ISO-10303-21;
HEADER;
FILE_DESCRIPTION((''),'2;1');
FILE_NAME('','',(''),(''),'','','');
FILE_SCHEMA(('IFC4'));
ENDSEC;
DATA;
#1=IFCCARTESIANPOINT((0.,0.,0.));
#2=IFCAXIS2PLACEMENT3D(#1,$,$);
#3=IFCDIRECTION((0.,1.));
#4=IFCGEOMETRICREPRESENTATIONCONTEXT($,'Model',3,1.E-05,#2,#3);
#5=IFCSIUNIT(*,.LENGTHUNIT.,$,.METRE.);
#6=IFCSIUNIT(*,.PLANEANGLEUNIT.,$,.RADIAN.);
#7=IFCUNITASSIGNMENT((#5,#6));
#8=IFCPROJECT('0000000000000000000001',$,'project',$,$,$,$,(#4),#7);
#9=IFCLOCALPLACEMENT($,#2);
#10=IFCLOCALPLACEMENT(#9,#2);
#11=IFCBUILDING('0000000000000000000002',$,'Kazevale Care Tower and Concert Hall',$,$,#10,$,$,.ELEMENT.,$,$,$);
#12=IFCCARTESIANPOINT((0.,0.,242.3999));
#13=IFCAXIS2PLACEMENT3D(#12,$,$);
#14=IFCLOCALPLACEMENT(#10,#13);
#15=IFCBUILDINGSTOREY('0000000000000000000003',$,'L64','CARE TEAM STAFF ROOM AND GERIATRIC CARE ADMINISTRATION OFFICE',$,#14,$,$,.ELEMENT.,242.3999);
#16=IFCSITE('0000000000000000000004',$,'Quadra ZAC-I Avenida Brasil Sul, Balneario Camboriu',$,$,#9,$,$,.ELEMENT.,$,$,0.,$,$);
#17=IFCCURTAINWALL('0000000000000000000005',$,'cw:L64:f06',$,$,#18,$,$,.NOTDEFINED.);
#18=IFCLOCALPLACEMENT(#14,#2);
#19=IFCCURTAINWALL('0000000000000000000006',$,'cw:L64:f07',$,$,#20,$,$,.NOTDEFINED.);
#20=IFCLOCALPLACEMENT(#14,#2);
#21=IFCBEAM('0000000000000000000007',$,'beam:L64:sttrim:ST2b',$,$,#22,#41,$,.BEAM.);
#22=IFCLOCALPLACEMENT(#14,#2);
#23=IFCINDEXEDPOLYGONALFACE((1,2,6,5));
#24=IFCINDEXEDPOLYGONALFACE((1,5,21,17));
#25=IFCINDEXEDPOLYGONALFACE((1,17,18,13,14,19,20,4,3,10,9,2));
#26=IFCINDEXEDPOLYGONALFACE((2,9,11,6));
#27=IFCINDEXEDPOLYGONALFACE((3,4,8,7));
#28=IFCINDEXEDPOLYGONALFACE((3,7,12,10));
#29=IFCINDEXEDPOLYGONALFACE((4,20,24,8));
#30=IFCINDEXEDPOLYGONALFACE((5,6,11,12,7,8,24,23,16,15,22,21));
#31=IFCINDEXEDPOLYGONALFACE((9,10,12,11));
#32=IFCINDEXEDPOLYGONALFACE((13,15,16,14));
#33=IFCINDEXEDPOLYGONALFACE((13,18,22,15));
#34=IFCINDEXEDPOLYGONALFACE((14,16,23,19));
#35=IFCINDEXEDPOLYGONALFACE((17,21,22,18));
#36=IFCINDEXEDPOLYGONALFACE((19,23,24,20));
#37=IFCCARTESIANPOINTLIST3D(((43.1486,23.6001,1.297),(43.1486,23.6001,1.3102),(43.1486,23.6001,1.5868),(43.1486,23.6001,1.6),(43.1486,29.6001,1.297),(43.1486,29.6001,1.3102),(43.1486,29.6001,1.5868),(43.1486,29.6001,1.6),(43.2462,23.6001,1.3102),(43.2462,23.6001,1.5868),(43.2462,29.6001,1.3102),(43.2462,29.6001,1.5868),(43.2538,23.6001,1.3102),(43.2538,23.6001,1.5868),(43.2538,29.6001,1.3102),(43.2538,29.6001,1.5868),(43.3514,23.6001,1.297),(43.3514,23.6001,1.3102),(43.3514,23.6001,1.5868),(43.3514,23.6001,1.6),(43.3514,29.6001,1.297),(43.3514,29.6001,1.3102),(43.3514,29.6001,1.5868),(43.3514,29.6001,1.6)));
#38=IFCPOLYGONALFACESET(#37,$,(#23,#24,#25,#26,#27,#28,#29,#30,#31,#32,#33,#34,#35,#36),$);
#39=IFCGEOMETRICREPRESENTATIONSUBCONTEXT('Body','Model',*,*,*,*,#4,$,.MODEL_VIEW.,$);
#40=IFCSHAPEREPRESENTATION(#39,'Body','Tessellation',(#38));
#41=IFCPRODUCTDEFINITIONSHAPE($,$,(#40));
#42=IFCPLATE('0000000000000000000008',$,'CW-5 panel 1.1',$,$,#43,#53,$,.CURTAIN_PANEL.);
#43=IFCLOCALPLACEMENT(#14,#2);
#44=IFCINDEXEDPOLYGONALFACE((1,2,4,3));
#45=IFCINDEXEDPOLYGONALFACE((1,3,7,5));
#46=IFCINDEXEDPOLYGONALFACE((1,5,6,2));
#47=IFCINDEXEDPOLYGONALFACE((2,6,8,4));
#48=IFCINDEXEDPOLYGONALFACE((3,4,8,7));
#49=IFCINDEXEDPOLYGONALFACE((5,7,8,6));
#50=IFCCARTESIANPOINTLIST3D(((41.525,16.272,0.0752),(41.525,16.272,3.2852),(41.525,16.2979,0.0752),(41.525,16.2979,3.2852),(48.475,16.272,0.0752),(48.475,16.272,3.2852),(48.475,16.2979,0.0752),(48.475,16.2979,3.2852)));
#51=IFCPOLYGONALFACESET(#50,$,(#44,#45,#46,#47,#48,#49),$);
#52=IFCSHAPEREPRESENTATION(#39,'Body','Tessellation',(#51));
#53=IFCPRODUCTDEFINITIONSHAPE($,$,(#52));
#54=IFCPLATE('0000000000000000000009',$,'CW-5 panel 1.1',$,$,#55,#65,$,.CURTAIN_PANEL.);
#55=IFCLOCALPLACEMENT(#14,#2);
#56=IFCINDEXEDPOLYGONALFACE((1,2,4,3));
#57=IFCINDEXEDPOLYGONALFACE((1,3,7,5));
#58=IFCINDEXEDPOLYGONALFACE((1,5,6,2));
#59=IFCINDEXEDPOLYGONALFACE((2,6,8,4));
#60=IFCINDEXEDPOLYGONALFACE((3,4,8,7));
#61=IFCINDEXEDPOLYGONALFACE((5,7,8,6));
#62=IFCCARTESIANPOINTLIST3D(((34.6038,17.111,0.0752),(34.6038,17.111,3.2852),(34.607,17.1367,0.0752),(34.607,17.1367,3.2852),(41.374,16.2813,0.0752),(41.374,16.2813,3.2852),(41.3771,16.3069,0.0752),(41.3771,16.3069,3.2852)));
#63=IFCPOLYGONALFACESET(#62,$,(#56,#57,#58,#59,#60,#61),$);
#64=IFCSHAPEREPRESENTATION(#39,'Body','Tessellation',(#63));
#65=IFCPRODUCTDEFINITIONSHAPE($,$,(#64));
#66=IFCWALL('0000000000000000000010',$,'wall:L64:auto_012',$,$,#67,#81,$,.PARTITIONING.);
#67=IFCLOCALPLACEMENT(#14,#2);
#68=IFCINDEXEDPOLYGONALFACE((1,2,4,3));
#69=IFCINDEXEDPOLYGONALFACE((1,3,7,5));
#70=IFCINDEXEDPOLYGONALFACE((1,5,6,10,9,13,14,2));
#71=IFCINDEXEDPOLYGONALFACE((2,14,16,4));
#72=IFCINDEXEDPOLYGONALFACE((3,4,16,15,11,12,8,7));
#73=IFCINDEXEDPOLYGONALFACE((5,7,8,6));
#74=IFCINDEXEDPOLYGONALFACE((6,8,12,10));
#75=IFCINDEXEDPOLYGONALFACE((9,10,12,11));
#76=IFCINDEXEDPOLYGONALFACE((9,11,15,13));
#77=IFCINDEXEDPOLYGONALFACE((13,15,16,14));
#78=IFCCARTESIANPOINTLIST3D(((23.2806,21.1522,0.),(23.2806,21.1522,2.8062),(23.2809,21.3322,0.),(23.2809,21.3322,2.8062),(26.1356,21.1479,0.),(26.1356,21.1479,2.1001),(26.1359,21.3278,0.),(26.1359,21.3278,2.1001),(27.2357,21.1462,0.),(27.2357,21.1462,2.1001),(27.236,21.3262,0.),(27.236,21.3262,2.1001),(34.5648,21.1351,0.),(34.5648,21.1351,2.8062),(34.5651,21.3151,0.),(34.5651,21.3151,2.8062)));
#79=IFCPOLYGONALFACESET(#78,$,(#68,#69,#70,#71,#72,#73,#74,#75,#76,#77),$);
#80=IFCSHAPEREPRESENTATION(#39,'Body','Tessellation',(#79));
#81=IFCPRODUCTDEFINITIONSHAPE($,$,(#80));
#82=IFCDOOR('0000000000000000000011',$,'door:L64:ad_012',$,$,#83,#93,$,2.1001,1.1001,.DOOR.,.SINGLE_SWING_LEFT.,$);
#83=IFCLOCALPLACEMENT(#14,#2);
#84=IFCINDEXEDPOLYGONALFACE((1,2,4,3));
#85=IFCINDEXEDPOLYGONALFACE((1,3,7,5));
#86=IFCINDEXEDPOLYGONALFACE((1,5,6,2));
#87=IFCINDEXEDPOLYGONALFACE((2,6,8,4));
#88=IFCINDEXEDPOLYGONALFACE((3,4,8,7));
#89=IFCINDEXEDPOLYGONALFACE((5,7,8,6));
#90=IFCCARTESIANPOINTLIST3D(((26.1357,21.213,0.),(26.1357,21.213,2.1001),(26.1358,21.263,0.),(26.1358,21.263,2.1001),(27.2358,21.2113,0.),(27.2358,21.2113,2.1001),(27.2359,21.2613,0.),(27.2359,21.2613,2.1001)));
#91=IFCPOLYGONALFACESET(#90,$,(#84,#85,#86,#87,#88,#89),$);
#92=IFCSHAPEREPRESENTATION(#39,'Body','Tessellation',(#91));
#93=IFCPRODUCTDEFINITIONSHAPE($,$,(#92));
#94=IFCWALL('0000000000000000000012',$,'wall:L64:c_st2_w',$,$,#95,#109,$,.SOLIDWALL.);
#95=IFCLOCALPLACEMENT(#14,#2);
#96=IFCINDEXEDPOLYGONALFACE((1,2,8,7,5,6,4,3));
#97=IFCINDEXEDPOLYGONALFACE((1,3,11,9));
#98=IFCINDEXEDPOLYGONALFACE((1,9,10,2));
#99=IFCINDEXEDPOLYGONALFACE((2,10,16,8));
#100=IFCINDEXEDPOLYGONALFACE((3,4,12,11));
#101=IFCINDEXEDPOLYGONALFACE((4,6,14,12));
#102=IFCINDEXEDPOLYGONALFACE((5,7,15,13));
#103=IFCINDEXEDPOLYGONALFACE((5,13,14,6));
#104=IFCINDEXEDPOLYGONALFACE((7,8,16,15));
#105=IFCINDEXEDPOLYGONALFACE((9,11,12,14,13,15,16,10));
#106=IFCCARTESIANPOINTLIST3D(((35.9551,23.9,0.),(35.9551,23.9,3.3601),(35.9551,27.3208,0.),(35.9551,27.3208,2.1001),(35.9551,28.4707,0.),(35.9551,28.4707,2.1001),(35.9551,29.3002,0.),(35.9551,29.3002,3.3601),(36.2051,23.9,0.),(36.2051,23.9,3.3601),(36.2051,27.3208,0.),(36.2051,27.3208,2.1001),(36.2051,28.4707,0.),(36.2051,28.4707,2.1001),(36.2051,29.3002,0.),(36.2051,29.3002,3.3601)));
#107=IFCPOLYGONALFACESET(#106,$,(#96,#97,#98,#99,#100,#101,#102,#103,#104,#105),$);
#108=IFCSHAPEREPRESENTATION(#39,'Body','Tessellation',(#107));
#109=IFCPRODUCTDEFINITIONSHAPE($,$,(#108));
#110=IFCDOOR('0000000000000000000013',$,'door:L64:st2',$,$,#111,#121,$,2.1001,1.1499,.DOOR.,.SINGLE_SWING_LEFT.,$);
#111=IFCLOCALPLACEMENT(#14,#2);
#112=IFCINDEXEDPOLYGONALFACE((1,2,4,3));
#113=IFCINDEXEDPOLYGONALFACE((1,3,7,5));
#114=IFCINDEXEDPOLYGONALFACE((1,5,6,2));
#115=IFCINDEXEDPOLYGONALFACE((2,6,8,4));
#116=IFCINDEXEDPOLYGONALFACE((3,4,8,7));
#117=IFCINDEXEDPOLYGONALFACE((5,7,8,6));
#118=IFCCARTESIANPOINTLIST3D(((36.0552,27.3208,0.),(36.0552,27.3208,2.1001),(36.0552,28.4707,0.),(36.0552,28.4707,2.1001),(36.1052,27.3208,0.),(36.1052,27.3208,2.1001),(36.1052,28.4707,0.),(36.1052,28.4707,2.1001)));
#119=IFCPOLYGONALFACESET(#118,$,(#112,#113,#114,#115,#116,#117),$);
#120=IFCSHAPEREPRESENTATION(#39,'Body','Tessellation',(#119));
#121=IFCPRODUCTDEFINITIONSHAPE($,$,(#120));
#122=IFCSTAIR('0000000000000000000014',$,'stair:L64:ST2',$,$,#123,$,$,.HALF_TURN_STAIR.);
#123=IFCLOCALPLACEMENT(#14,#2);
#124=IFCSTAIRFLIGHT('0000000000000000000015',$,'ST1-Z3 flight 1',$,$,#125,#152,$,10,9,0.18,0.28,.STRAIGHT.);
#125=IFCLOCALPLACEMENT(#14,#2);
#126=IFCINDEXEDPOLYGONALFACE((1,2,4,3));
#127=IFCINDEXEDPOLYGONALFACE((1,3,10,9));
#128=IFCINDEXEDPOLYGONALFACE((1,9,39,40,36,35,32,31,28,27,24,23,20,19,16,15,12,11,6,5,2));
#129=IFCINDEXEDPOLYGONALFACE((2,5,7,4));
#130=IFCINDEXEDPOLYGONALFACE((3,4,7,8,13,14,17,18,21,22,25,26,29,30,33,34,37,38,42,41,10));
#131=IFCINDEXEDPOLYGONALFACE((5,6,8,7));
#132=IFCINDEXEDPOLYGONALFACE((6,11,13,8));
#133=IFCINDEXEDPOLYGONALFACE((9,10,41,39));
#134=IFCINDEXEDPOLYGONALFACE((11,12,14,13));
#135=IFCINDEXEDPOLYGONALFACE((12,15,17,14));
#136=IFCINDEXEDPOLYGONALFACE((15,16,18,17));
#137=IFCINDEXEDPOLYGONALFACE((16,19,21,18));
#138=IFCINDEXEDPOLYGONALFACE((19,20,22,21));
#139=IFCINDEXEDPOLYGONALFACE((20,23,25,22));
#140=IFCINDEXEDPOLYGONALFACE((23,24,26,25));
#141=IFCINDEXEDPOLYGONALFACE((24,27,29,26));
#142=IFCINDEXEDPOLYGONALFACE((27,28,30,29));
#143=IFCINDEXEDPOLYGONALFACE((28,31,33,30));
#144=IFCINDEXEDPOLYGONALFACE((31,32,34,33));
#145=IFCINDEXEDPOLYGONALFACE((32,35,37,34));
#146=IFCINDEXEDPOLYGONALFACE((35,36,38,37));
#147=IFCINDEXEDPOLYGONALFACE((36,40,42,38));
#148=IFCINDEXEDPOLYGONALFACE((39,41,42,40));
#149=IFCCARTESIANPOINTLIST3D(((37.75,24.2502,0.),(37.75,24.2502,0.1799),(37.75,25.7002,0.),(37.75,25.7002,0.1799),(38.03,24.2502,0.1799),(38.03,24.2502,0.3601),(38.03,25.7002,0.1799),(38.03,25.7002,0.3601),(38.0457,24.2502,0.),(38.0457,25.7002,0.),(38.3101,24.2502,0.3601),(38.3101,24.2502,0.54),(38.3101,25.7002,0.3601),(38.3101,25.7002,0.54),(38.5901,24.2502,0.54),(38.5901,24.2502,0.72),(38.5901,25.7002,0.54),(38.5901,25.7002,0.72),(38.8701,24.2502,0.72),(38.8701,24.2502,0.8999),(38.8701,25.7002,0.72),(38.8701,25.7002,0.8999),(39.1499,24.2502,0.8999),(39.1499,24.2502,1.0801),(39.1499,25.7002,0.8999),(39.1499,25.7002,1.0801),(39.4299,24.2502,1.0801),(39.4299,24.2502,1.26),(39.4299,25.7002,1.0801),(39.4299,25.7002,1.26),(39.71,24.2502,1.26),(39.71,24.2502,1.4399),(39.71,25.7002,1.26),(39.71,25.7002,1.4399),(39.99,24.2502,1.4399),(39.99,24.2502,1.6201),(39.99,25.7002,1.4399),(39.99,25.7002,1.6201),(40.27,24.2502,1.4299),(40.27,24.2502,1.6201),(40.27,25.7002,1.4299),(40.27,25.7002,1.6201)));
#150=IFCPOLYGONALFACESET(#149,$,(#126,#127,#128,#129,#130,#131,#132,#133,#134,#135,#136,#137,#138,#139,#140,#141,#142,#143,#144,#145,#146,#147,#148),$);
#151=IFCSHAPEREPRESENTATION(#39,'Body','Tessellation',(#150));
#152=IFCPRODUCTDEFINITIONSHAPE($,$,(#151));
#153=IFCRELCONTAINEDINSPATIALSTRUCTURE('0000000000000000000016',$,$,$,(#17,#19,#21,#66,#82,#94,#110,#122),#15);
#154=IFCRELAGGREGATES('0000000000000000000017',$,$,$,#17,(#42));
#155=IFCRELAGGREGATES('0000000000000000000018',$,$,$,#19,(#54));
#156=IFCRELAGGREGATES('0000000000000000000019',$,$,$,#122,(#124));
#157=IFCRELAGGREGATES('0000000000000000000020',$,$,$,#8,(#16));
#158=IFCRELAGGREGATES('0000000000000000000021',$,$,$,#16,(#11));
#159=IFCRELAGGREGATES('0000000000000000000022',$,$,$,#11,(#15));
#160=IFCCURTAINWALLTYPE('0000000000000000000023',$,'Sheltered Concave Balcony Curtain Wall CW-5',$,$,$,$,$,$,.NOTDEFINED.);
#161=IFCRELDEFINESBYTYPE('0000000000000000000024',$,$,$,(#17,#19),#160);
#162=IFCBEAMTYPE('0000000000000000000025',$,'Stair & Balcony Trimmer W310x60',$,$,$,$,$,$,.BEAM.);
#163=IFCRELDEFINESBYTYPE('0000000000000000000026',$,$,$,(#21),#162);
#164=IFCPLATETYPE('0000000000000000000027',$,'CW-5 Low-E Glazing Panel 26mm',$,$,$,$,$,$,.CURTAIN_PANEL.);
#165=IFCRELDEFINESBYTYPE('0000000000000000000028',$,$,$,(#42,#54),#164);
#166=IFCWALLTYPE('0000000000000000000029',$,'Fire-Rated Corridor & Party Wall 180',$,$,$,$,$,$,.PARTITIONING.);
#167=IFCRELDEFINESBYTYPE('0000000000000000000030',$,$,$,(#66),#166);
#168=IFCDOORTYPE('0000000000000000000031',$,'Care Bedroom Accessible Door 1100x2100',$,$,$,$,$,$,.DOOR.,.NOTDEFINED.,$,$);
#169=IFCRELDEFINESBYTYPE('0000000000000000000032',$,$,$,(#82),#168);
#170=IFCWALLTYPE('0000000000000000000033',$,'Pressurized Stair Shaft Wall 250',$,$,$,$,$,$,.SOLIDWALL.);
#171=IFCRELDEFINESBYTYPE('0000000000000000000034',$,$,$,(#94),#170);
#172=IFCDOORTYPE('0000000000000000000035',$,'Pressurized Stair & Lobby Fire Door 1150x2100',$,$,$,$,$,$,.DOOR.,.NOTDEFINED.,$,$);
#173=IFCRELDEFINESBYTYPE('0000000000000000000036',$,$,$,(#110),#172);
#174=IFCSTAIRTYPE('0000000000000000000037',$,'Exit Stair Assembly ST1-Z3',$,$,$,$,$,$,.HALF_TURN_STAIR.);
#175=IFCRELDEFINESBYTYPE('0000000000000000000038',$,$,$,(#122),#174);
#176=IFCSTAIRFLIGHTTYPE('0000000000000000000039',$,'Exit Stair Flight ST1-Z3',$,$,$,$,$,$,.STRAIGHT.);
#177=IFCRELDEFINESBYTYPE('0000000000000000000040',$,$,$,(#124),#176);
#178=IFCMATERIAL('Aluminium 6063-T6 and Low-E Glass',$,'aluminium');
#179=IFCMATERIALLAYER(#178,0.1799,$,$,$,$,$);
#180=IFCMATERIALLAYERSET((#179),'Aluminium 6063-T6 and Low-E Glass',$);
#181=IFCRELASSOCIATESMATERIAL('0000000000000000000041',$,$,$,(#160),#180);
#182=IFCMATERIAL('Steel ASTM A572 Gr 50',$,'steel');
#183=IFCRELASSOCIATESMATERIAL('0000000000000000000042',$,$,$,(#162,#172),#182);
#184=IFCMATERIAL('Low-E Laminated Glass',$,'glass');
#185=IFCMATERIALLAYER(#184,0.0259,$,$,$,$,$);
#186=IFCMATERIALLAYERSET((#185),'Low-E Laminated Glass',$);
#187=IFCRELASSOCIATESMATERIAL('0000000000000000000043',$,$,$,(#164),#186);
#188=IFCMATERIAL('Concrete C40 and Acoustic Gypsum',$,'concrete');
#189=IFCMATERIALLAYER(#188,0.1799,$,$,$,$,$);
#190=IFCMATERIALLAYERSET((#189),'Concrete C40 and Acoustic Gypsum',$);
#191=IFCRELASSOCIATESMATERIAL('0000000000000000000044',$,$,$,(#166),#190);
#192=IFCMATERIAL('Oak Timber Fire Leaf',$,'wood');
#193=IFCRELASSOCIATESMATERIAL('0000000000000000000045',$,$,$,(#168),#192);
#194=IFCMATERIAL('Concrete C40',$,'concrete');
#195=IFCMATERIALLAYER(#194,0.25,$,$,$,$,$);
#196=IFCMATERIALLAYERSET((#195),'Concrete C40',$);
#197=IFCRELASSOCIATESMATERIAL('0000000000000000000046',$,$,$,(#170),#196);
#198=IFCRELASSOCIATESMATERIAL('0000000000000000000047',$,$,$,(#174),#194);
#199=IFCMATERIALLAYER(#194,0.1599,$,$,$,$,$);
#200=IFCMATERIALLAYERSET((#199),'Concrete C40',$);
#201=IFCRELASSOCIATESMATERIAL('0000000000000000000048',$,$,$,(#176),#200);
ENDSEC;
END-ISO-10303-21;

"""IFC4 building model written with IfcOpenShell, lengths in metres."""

from ifc_helpers import new_model, si_unit, direction, frame, frame_2d, origin, origin_2d, place, context, subcontext, project, spatial, polyline, rectangle, i_section, outline, extrude, material, layer, layer_set, material_profile, profile_set, type_object, element, fill, aggregate, save


model = new_model("IFC4")

# Units and contexts
model_context = context("Model", 3, precision=1e-05, world=origin(), true_north=direction((0.0, 1.0)))
body_context = subcontext(model_context, "Body", "Model", "MODEL_VIEW")
ifc_project = project(units=[si_unit("LENGTHUNIT", "METRE"), si_unit("PLANEANGLEUNIT", "RADIAN")], contexts=[model_context])

# Site, building, storey
site_placement = place(None, origin())
site = spatial("IfcSite", under=ifc_project, at=site_placement, Name="Quadra ZAC-I Avenida Brasil Sul, Balneario Camboriu", CompositionType="ELEMENT", RefElevation=0.0)
building_placement = place(site_placement, origin())
building = spatial("IfcBuilding", under=site, at=building_placement, Name="Kazevale Care Tower and Concert Hall", CompositionType="ELEMENT")
storey_placement = place(building_placement, frame((0.0, 0.0, 242.3999)))
storey = spatial("IfcBuildingStorey", under=building, at=storey_placement, Name="L64", Description="CARE TEAM STAFF ROOM AND GERIATRIC CARE ADMINISTRATION OFFICE", CompositionType="ELEMENT", Elevation=242.3999)

# Curtain wall
ifc_material_1 = material(Name="Aluminium 6063-T6 and Low-E Glass", Category="aluminium")
ifc_layer_1 = layer(ifc_material_1, 0.1799)
ifc_layer_set_1 = layer_set([ifc_layer_1], Name="Aluminium 6063-T6 and Low-E Glass")
curtain_wall_type = type_object("IfcCurtainWallType", Name="Sheltered Concave Balcony Curtain Wall CW-5", PredefinedType="NOTDEFINED", material=ifc_layer_set_1)
curtain_wall_1_placement = place(storey_placement, origin())
curtain_wall_1 = element("IfcCurtainWall", 1, at=curtain_wall_1_placement, inside=storey, type_object=curtain_wall_type, Name="cw:L64:f06", PredefinedType="NOTDEFINED")

# Curtain wall
curtain_wall_2_placement = place(storey_placement, origin())
curtain_wall_2 = element("IfcCurtainWall", 2, at=curtain_wall_2_placement, inside=storey, type_object=curtain_wall_type, Name="cw:L64:f07", PredefinedType="NOTDEFINED")

# Beam
ifc_material_2 = material(Name="Steel ASTM A572 Gr 50", Category="steel")
ifc_material_profile_1 = material_profile(ifc_material_2, i_section(OverallWidth=0.2029, OverallDepth=0.303, WebThickness=0.0076, FlangeThickness=0.0132, at=origin_2d()), Name="W310x60")
ifc_profile_set_1 = profile_set([ifc_material_profile_1], Name="Steel ASTM A572 Gr 50")
beam_type_1 = type_object("IfcBeamType", Name="Stair & Balcony Trimmer W310x60", PredefinedType="BEAM", material=ifc_profile_set_1)
for number, where, z_axis, x_axis, name in (
    (3, (43.25, 23.6001, 1.4485), (0.0, 1.0, 0.0), (-1.0, 0.0, 0.0), "beam:L64:sttrim:ST2b"),
):
    element("IfcBeam", number, at=place(storey_placement, frame(where, z_axis=z_axis, x_axis=x_axis)), inside=storey, type_object=beam_type_1, Name=name, PredefinedType="BEAM", context=body_context, shape_type="SweptSolid", body=[
        extrude(i_section(OverallWidth=0.2029, OverallDepth=0.303, WebThickness=0.0076, FlangeThickness=0.0132, at=origin_2d()), origin(), (0.0, 0.0, 1.0), 6.0),
    ])

# Plates
ifc_material_3 = material(Name="Low-E Laminated Glass", Category="glass")
ifc_layer_2 = layer(ifc_material_3, 0.0259)
ifc_layer_set_2 = layer_set([ifc_layer_2], Name="Low-E Laminated Glass")
plate_type = type_object("IfcPlateType", Name="CW-5 Low-E Glazing Panel 26mm", PredefinedType="CURTAIN_PANEL", material=ifc_layer_set_2)
plate_1_placement = place(storey_placement, frame((45.0, 16.2849, 0.0752), z_axis=(0.0, 0.0, 1.0), x_axis=(-1.0, 0.0, 0.0)))
plate_1 = element("IfcPlate", 4, at=plate_1_placement, type_object=plate_type, Name="CW-5 panel 1.1", PredefinedType="CURTAIN_PANEL", context=body_context, shape_type="SweptSolid", body=[
    extrude(rectangle(XDim=6.95, YDim=0.0259, at=origin_2d()), origin(), (0.0, 0.0, 1.0), 3.21),
])
aggregate(curtain_wall_1, [plate_1])
plate_2_placement = place(storey_placement, frame((37.9905, 16.709, 0.0752), z_axis=(0.0, 0.0, 1.0), x_axis=(-0.992573, 0.121651, 0.0)))
plate_2 = element("IfcPlate", 5, at=plate_2_placement, type_object=plate_type, Name="CW-5 panel 1.1", PredefinedType="CURTAIN_PANEL", context=body_context, shape_type="SweptSolid", body=[
    extrude(rectangle(XDim=6.8208, YDim=0.0259, at=origin_2d()), origin(), (0.0, 0.0, 1.0), 3.21),
])
aggregate(curtain_wall_2, [plate_2])

# Walls, openings, doors
ifc_material_4 = material(Name="Oak Timber Fire Leaf", Category="wood")
ifc_material_5 = material(Name="Concrete C40 and Acoustic Gypsum", Category="concrete")
ifc_layer_3 = layer(ifc_material_5, 0.1799)
ifc_layer_set_3 = layer_set([ifc_layer_3], Name="Concrete C40 and Acoustic Gypsum")
wall_type_1 = type_object("IfcWallType", Name="Fire-Rated Corridor & Party Wall 180", PredefinedType="PARTITIONING", material=ifc_layer_set_3)
wall_1_placement = place(storey_placement, frame((34.5649, 21.2251, 0.0), z_axis=(0.0, 0.0, 1.0), x_axis=(-0.999999, 0.001514, 0.0)))
wall_1 = element("IfcWall", 6, at=wall_1_placement, inside=storey, type_object=wall_type_1, Name="wall:L64:auto_012", PredefinedType="PARTITIONING", context=body_context, shape_type="SweptSolid", body=[
    extrude(rectangle(XDim=11.2842, YDim=0.1799, at=frame_2d((5.6421, 0.0))), origin(), (0.0, 0.0, 1.0), 2.8062),
])
opening_1_placement = place(wall_1_placement, frame((7.3291, 0.0, 0.0)))
opening_1 = element("IfcOpeningElement", 7, at=opening_1_placement, cuts=wall_1, PredefinedType="OPENING", context=body_context, shape_type="SweptSolid", body=[
    extrude(rectangle(XDim=1.1001, YDim=2.1001, at=frame_2d((0.55, 1.05))), frame((0.0, 0.0999, 0.0), z_axis=(0.0, -1.0, 0.0), x_axis=(1.0, 0.0, 0.0)), (0.0, 0.0, 1.0), 0.2),
])
door_type_1 = type_object("IfcDoorType", Name="Care Bedroom Accessible Door 1100x2100", OperationType="NOTDEFINED", PredefinedType="DOOR", material=ifc_material_4)
door_1_placement = place(opening_1_placement, origin())
door_1 = element("IfcDoor", 8, at=door_1_placement, inside=storey, type_object=door_type_1, Name="door:L64:ad_012", OperationType="SINGLE_SWING_LEFT", OverallHeight=2.1001, OverallWidth=1.1001, PredefinedType="DOOR", context=body_context, shape_type="SweptSolid", body=[
    extrude(rectangle(XDim=1.1001, YDim=2.1001, at=frame_2d((0.55, 1.05))), frame((0.0, 0.0249, 0.0), z_axis=(0.0, -1.0, 0.0), x_axis=(1.0, 0.0, 0.0)), (0.0, 0.0, 1.0), 0.05),
])
fill(opening_1, door_1)
ifc_material_6 = material(Name="Concrete C40", Category="concrete")
ifc_layer_4 = layer(ifc_material_6, 0.25)
ifc_layer_set_4 = layer_set([ifc_layer_4], Name="Concrete C40")
wall_type_2 = type_object("IfcWallType", Name="Pressurized Stair Shaft Wall 250", PredefinedType="SOLIDWALL", material=ifc_layer_set_4)
wall_2_placement = place(storey_placement, frame((36.0801, 23.8999, 0.0), z_axis=(0.0, 0.0, 1.0), x_axis=(0.0, 1.0, 0.0)))
wall_2 = element("IfcWall", 9, at=wall_2_placement, inside=storey, type_object=wall_type_2, Name="wall:L64:c_st2_w", PredefinedType="SOLIDWALL", context=body_context, shape_type="SweptSolid", body=[
    extrude(rectangle(XDim=5.4001, YDim=0.25, at=frame_2d((2.7002, 0.0))), origin(), (0.0, 0.0, 1.0), 3.3601),
])
opening_2_placement = place(wall_2_placement, frame((3.4209, 0.0, 0.0)))
opening_2 = element("IfcOpeningElement", 10, at=opening_2_placement, cuts=wall_2, PredefinedType="OPENING", context=body_context, shape_type="SweptSolid", body=[
    extrude(rectangle(XDim=1.1499, YDim=2.1001, at=frame_2d((0.575, 1.05))), frame((0.0, 0.135, 0.0), z_axis=(0.0, -1.0, 0.0), x_axis=(1.0, 0.0, 0.0)), (0.0, 0.0, 1.0), 0.27),
])
door_type_2 = type_object("IfcDoorType", Name="Pressurized Stair & Lobby Fire Door 1150x2100", OperationType="NOTDEFINED", PredefinedType="DOOR", material=ifc_material_2)
door_2_placement = place(opening_2_placement, origin())
door_2 = element("IfcDoor", 11, at=door_2_placement, inside=storey, type_object=door_type_2, Name="door:L64:st2", OperationType="SINGLE_SWING_LEFT", OverallHeight=2.1001, OverallWidth=1.1499, PredefinedType="DOOR", context=body_context, shape_type="SweptSolid", body=[
    extrude(rectangle(XDim=1.1499, YDim=2.1001, at=frame_2d((0.575, 1.05))), frame((0.0, 0.0249, 0.0), z_axis=(0.0, -1.0, 0.0), x_axis=(1.0, 0.0, 0.0)), (0.0, 0.0, 1.0), 0.05),
])
fill(opening_2, door_2)

# Stair, stair flight
stair_type = type_object("IfcStairType", Name="Exit Stair Assembly ST1-Z3", PredefinedType="HALF_TURN_STAIR", material=ifc_material_6)
stair_placement = place(storey_placement, origin())
stair = element("IfcStair", 12, at=stair_placement, inside=storey, type_object=stair_type, Name="stair:L64:ST2", PredefinedType="HALF_TURN_STAIR")
ifc_layer_5 = layer(ifc_material_6, 0.1599)
ifc_layer_set_5 = layer_set([ifc_layer_5], Name="Concrete C40")
stair_flight_type = type_object("IfcStairFlightType", Name="Exit Stair Flight ST1-Z3", PredefinedType="STRAIGHT", material=ifc_layer_set_5)
stair_flight_1_placement = place(storey_placement, frame((37.75, 24.9751, 0.0), z_axis=(0.0, 0.0, 1.0), x_axis=(1.0, 0.0, 0.0)))
stair_flight_1 = element("IfcStairFlight", 13, at=stair_flight_1_placement, type_object=stair_flight_type, Name="ST1-Z3 flight 1", NumberOfRisers=10, NumberOfTreads=9, PredefinedType="STRAIGHT", RiserHeight=0.18, TreadLength=0.28, context=body_context, shape_type="SweptSolid", body=[
    extrude(outline(polyline([(0.0, 0.0), (0.0, 0.1799), (0.28, 0.1799), (0.28, 0.3601), (0.5601, 0.3601), (0.5601, 0.54), (0.8401, 0.54), (0.8401, 0.72), (1.1201, 0.72), (1.1201, 0.8999), (1.3999, 0.8999), (1.3999, 1.0801), (1.6799, 1.0801), (1.6799, 1.26), (1.96, 1.26), (1.96, 1.4399), (2.24, 1.4399), (2.24, 1.6201), (2.52, 1.6201), (2.52, 1.8), (2.52, 1.4299), (0.2957, 0.0), (0.0, 0.0)])), frame((0.0, 0.7251, 0.0), z_axis=(0.0, -1.0, 0.0), x_axis=(1.0, 0.0, 0.0)), (0.0, 0.0, 1.0), 1.45),
])
aggregate(stair, [stair_flight_1])

save(model, "model.ifc")
